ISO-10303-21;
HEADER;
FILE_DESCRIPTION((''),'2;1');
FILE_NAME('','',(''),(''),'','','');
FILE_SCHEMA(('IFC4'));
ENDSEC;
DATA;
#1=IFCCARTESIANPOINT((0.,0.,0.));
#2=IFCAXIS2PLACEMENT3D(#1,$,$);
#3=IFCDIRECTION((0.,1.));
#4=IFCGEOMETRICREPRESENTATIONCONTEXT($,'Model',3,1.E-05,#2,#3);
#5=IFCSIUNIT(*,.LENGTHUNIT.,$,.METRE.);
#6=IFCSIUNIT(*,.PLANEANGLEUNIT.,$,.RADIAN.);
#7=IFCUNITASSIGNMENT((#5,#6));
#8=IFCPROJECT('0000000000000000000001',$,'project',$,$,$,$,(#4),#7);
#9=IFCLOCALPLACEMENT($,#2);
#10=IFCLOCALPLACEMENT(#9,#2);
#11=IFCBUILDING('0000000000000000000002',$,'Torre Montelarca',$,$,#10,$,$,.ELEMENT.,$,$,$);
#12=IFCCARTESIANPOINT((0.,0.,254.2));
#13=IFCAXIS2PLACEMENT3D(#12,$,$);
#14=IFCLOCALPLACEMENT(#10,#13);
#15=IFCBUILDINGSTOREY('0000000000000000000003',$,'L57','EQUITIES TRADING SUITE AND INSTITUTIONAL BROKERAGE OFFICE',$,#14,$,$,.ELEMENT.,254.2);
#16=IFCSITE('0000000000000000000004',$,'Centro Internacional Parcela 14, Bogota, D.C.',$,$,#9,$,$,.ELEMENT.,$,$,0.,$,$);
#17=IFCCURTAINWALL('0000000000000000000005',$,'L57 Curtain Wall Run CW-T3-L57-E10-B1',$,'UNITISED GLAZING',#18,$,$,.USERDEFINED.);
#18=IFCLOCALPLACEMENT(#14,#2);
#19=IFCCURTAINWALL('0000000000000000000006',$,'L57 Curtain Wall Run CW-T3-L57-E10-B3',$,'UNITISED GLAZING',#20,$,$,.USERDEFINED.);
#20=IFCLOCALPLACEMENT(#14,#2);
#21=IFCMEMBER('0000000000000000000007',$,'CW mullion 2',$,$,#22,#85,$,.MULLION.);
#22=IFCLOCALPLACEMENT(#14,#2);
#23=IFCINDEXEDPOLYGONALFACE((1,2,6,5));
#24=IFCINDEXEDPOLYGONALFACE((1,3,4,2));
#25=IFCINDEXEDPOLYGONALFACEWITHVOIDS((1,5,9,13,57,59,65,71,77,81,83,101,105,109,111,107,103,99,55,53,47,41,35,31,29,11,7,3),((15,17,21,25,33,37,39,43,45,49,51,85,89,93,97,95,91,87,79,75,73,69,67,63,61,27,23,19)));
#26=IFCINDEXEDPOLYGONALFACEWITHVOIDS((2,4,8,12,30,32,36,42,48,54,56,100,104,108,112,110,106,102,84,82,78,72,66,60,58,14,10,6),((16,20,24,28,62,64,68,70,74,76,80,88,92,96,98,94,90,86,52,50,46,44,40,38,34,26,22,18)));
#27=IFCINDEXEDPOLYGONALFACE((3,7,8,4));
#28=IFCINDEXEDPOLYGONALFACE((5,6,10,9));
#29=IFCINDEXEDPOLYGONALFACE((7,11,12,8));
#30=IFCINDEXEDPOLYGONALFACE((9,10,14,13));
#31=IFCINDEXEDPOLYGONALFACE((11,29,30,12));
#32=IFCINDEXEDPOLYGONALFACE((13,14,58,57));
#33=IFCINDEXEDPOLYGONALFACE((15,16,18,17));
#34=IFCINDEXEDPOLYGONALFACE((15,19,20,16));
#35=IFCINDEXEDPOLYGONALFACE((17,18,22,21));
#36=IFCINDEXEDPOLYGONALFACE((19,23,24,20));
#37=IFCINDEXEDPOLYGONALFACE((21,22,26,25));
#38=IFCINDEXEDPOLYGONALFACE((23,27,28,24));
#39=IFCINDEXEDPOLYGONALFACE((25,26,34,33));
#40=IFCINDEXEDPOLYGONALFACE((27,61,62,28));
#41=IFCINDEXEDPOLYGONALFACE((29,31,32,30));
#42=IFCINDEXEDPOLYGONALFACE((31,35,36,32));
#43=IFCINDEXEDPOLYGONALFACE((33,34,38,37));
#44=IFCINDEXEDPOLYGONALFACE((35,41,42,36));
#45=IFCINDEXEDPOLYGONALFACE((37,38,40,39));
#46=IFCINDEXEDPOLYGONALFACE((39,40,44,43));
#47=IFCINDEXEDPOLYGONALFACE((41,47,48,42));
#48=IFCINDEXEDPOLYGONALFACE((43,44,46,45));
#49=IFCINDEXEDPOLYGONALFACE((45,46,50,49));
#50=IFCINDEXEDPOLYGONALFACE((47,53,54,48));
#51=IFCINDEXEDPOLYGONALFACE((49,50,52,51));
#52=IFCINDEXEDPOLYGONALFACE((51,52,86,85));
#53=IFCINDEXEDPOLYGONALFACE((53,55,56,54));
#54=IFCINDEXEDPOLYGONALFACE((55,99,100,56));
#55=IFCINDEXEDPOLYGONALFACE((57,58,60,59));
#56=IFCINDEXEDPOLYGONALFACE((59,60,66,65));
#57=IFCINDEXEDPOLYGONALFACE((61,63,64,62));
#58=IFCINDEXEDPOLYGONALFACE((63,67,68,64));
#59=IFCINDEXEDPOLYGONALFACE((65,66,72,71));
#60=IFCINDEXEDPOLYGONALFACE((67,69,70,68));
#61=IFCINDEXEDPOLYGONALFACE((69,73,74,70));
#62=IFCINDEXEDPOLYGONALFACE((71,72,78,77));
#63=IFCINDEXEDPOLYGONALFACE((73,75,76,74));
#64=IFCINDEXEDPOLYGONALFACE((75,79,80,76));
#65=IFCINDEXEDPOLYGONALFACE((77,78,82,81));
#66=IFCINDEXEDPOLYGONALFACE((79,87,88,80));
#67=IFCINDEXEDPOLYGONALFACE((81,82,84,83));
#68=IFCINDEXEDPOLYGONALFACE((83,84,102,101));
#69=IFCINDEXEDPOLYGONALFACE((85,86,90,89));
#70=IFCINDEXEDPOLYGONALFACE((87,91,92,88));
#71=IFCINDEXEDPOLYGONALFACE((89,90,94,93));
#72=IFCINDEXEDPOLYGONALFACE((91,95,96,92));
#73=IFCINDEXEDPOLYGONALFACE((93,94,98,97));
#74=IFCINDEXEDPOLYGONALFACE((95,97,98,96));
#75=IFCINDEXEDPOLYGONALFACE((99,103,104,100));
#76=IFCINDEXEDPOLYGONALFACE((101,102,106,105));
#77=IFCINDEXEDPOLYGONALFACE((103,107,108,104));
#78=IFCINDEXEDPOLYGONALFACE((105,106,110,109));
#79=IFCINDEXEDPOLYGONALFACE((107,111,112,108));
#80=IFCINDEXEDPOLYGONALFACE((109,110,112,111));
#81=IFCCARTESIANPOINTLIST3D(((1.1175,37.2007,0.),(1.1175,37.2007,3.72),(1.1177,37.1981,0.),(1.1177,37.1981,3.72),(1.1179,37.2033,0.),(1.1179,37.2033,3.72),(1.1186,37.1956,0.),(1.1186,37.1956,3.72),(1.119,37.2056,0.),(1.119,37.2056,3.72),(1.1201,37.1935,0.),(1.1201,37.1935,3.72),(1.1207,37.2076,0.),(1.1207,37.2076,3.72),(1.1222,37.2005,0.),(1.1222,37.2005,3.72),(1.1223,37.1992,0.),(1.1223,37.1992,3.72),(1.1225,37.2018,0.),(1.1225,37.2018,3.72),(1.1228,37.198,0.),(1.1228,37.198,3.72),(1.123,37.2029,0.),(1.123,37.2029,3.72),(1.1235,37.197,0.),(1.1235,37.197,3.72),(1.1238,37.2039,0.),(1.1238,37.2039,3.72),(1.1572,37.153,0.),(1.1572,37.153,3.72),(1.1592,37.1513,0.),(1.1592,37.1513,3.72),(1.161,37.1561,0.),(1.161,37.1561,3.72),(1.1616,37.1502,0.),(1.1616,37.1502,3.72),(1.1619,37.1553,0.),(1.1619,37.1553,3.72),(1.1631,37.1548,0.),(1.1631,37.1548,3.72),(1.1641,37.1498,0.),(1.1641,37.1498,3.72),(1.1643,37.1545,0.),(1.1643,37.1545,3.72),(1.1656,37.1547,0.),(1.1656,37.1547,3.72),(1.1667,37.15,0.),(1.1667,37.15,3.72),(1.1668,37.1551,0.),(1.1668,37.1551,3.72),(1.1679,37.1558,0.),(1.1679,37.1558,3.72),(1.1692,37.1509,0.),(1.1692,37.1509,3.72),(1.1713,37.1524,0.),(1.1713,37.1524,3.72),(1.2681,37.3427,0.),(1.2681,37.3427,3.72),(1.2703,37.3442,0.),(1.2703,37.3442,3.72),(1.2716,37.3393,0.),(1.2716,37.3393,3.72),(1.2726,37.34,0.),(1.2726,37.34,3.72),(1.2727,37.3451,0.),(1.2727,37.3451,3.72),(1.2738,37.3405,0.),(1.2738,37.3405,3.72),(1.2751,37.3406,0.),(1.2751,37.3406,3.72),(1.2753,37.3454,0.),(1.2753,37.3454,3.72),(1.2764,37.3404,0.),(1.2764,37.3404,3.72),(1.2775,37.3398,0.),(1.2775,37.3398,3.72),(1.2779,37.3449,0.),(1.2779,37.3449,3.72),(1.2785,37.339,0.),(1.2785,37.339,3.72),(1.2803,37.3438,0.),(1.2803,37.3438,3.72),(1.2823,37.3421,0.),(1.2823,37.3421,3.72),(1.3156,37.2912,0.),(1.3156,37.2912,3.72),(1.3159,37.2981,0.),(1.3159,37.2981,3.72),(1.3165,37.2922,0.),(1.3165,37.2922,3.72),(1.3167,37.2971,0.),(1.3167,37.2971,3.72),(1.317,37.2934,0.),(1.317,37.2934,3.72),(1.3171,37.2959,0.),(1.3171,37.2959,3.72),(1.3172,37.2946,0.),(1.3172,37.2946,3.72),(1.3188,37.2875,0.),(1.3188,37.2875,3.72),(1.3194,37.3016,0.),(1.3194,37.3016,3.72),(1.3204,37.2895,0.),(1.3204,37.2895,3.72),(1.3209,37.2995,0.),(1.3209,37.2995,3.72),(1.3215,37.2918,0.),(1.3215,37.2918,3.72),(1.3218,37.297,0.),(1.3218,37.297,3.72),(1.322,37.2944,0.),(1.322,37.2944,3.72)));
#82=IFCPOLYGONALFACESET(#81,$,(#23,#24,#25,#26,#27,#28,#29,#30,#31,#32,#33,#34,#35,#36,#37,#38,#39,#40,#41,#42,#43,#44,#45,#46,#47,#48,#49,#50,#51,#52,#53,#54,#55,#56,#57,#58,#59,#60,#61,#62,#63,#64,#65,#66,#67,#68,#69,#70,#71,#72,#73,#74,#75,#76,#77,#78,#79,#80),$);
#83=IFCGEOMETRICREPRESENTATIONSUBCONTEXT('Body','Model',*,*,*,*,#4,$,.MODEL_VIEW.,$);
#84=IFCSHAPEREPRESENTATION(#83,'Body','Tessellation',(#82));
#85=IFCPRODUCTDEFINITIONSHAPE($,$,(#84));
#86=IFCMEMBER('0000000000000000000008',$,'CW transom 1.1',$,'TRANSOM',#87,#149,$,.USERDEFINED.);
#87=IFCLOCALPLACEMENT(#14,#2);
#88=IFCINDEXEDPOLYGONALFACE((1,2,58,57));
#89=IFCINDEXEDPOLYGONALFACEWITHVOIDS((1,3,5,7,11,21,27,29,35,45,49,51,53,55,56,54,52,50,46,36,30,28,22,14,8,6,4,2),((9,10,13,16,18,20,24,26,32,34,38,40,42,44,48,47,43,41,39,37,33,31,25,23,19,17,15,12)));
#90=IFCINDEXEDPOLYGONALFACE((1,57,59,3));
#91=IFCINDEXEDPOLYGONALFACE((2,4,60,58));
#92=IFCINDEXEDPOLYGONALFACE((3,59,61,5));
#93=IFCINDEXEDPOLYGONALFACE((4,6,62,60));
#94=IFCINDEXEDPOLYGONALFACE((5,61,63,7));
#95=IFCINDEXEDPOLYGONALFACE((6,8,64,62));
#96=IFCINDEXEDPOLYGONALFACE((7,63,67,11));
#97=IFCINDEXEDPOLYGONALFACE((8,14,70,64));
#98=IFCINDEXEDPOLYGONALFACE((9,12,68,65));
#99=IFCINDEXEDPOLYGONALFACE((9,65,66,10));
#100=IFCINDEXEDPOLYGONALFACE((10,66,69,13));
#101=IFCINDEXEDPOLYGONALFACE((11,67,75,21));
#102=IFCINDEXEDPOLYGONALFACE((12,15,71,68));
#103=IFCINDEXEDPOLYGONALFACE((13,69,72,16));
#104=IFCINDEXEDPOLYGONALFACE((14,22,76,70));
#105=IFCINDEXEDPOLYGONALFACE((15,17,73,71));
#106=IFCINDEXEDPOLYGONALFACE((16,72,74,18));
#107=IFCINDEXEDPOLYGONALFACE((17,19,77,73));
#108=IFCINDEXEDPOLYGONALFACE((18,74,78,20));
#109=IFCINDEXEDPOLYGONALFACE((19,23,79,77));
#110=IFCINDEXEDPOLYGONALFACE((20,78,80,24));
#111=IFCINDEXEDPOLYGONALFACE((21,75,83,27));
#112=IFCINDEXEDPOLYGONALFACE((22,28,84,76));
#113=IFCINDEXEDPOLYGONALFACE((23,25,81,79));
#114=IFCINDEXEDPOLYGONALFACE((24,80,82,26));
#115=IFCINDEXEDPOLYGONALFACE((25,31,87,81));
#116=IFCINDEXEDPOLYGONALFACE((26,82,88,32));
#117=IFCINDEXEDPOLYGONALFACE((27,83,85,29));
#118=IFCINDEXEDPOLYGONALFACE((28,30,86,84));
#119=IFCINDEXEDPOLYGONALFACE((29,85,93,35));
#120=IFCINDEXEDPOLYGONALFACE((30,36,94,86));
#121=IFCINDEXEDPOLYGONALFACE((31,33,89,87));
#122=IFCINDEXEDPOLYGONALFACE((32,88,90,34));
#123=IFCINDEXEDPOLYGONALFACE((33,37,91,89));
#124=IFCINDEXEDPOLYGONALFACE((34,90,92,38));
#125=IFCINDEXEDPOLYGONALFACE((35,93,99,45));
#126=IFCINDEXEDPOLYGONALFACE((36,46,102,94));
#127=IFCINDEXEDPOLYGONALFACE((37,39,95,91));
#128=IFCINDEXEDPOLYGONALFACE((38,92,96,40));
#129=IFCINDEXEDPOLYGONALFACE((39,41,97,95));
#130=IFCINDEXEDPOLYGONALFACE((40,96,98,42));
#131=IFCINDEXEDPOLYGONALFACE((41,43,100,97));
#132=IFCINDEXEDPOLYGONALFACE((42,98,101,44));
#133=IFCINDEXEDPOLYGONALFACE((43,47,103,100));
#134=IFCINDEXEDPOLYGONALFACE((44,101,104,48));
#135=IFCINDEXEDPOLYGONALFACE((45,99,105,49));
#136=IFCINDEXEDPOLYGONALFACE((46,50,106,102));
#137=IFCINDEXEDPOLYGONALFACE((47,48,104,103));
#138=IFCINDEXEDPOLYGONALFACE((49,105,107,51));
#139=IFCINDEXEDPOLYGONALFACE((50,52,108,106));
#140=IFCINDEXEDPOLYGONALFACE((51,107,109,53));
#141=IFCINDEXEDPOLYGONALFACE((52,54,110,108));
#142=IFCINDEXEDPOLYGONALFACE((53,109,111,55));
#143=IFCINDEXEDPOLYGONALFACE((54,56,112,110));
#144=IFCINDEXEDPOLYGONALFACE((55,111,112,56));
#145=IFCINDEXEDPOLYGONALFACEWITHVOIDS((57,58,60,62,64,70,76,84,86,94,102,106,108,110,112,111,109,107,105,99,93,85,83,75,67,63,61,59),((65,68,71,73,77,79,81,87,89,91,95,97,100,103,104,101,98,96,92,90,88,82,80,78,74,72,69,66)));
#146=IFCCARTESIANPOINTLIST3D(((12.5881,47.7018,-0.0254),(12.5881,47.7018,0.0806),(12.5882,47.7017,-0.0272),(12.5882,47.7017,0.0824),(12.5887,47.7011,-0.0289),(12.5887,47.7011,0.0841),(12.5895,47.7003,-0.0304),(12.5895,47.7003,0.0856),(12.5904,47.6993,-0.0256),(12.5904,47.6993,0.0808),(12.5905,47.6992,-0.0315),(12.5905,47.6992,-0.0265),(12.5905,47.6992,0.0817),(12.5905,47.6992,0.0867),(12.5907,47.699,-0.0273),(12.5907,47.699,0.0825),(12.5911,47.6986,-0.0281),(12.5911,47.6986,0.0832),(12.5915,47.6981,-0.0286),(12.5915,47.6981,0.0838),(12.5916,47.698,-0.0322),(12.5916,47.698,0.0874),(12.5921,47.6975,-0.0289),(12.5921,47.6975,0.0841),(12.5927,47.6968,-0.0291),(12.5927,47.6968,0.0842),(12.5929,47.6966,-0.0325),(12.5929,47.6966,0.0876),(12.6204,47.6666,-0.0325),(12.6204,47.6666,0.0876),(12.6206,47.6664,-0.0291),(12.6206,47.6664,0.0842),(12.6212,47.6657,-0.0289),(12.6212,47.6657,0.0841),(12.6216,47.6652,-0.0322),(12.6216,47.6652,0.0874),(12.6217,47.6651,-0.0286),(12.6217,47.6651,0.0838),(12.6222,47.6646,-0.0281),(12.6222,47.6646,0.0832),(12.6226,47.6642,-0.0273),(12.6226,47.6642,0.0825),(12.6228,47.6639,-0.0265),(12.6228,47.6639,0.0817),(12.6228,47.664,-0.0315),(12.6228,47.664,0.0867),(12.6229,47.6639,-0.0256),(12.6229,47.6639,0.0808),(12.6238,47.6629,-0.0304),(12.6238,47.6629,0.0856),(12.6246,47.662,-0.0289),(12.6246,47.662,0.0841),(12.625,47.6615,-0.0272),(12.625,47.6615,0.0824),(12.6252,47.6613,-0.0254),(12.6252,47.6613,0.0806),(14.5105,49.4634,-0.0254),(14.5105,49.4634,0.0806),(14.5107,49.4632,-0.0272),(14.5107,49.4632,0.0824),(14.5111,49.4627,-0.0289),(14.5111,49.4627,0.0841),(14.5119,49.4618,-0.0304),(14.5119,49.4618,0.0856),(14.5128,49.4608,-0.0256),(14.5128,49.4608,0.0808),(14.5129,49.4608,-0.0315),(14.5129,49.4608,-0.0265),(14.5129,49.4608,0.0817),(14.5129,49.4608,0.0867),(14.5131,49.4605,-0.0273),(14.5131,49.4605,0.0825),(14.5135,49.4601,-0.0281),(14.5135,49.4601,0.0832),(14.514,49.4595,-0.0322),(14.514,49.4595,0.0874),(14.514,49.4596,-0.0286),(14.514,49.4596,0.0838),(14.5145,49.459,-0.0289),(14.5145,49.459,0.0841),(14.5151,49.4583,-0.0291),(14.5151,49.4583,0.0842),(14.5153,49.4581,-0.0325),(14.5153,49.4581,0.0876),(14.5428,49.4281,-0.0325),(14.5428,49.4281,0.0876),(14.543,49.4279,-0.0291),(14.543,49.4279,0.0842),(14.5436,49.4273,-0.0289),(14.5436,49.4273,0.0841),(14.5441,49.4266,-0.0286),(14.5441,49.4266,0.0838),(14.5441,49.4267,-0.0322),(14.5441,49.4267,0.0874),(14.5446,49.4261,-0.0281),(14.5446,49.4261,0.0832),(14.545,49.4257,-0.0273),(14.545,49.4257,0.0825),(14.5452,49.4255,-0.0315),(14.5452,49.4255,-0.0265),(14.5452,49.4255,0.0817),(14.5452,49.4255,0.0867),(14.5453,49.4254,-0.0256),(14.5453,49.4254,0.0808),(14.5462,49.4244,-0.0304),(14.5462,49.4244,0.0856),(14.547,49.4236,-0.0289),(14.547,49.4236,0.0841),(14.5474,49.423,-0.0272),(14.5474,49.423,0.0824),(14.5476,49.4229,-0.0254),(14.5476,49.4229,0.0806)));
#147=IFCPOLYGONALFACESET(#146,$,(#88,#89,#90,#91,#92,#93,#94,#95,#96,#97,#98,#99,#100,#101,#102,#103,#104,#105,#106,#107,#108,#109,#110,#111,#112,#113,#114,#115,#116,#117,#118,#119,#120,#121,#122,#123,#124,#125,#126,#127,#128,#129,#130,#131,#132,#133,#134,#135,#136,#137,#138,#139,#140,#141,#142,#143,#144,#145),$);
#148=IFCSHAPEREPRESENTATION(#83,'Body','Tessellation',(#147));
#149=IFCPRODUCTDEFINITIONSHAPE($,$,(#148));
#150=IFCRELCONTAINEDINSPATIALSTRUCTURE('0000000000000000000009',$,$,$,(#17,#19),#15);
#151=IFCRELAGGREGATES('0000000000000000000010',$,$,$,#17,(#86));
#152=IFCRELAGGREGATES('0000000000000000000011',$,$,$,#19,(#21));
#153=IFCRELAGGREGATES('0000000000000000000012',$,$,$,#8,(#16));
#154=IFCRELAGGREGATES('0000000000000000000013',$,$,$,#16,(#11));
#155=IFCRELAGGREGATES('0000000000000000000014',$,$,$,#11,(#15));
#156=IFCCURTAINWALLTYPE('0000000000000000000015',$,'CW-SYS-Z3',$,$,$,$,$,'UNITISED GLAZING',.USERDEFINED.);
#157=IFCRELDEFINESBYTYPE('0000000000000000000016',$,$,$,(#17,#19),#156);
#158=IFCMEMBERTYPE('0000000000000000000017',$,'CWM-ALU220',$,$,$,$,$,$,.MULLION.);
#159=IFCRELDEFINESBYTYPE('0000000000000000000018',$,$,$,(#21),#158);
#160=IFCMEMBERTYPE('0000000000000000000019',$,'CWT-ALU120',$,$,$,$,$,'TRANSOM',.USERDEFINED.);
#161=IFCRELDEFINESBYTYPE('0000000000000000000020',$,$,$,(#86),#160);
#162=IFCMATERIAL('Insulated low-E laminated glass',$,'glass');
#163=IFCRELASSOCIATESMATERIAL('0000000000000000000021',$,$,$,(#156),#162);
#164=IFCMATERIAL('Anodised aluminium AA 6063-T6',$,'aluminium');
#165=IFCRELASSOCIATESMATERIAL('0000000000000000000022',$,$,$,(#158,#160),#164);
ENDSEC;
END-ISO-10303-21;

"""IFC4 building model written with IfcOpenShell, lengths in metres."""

from ifc_helpers import new_model, si_unit, direction, frame, origin, origin_2d, place, context, subcontext, project, spatial, hollow_rectangle, extrude, source, transform, mapped, material, material_profile, profile_set, type_object, element, aggregate, save


model = new_model("IFC4")

# Units and contexts
model_context = context("Model", 3, precision=1e-05, world=origin(), true_north=direction((0.0, 1.0)))
body_context = subcontext(model_context, "Body", "Model", "MODEL_VIEW")
ifc_project = project(units=[si_unit("LENGTHUNIT", "METRE"), si_unit("PLANEANGLEUNIT", "RADIAN")], contexts=[model_context])

# Site, building, storey
site_placement = place(None, origin())
site = spatial("IfcSite", under=ifc_project, at=site_placement, Name="Centro Internacional Parcela 14, Bogota, D.C.", CompositionType="ELEMENT", RefElevation=0.0)
building_placement = place(site_placement, origin())
building = spatial("IfcBuilding", under=site, at=building_placement, Name="Torre Montelarca", CompositionType="ELEMENT")
storey_placement = place(building_placement, frame((0.0, 0.0, 254.2)))
storey = spatial("IfcBuildingStorey", under=building, at=storey_placement, Name="L57", Description="EQUITIES TRADING SUITE AND INSTITUTIONAL BROKERAGE OFFICE", CompositionType="ELEMENT", Elevation=254.2)

# Curtain walls, member
ifc_material_1 = material(Name="Insulated low-E laminated glass", Category="glass")
curtain_wall_type = type_object("IfcCurtainWallType", Name="CW-SYS-Z3", ElementType="UNITISED GLAZING", PredefinedType="USERDEFINED", material=ifc_material_1)
curtain_wall_1_placement = place(storey_placement, origin())
curtain_wall_1 = element("IfcCurtainWall", 1, at=curtain_wall_1_placement, inside=storey, type_object=curtain_wall_type, Name="L57 Curtain Wall Run CW-T3-L57-E10-B1", ObjectType="UNITISED GLAZING", PredefinedType="USERDEFINED")
ifc_material_2 = material(Name="Anodised aluminium AA 6063-T6", Category="aluminium")
ifc_material_profile_1 = material_profile(ifc_material_2, hollow_rectangle(XDim=0.075, YDim=0.22, WallThickness=0.0049, InnerFilletRadius=0.0049, OuterFilletRadius=0.01, at=origin_2d()), Name="ALU75X220X5", Category="aluminium")
ifc_profile_set_1 = profile_set([ifc_material_profile_1], Name="Anodised aluminium AA 6063-T6")
member_type_1 = type_object("IfcMemberType", Name="CWM-ALU220", PredefinedType="MULLION", material=ifc_profile_set_1)
shared_shape_1 = source(origin(), body_context, "Body", "SweptSolid", [
    extrude(hollow_rectangle(XDim=0.075, YDim=0.22, WallThickness=0.0049, InnerFilletRadius=0.0049, OuterFilletRadius=0.01, at=origin_2d()), origin(), (0.0, 0.0, 1.0), 3.72),
])
curtain_wall_2_placement = place(storey_placement, origin())
curtain_wall_2 = element("IfcCurtainWall", 2, at=curtain_wall_2_placement, inside=storey, type_object=curtain_wall_type, Name="L57 Curtain Wall Run CW-T3-L57-E10-B3", ObjectType="UNITISED GLAZING", PredefinedType="USERDEFINED")
member_1_placement = place(storey_placement, frame((1.2197, 37.2476, 0.0), z_axis=(0.0, 0.0, 1.0), x_axis=(0.675582, -0.737285, 0.0)))
member_1 = element("IfcMember", 3, at=member_1_placement, type_object=member_type_1, Name="CW mullion 2", PredefinedType="MULLION", context=body_context, shape_type="MappedRepresentation", body=[
    mapped(shared_shape_1, transform((0.0, 0.0, 0.0), scale=1.0)),
])

# Member
ifc_material_profile_2 = material_profile(ifc_material_2, hollow_rectangle(XDim=0.0549, YDim=0.1201, WallThickness=0.0034, InnerFilletRadius=0.0034, OuterFilletRadius=0.0071, at=origin_2d()), Name="ALU55X120X3.5", Category="aluminium")
ifc_profile_set_2 = profile_set([ifc_material_profile_2], Name="Anodised aluminium AA 6063-T6")
member_type_2 = type_object("IfcMemberType", Name="CWT-ALU120", ElementType="TRANSOM", PredefinedType="USERDEFINED", material=ifc_profile_set_2)
shared_shape_2 = source(origin(), body_context, "Body", "SweptSolid", [
    extrude(hollow_rectangle(XDim=0.0549, YDim=0.1201, WallThickness=0.0034, InnerFilletRadius=0.0034, OuterFilletRadius=0.0071, at=origin_2d()), origin(), (0.0, 0.0, 1.0), 2.6074),
])
member_2_placement = place(storey_placement, frame((14.5291, 49.4431, 0.0276), z_axis=(-0.737286, -0.67558, 0.0), x_axis=(0.67558, -0.737286, 0.0)))
member_2 = element("IfcMember", 4, at=member_2_placement, type_object=member_type_2, Name="CW transom 1.1", ObjectType="TRANSOM", PredefinedType="USERDEFINED", context=body_context, shape_type="MappedRepresentation", body=[
    mapped(shared_shape_2, transform((0.0, 0.0, 0.0), scale=1.0)),
])

aggregate(curtain_wall_1, [member_2])
aggregate(curtain_wall_2, [member_1])

save(model, "model.ifc")
